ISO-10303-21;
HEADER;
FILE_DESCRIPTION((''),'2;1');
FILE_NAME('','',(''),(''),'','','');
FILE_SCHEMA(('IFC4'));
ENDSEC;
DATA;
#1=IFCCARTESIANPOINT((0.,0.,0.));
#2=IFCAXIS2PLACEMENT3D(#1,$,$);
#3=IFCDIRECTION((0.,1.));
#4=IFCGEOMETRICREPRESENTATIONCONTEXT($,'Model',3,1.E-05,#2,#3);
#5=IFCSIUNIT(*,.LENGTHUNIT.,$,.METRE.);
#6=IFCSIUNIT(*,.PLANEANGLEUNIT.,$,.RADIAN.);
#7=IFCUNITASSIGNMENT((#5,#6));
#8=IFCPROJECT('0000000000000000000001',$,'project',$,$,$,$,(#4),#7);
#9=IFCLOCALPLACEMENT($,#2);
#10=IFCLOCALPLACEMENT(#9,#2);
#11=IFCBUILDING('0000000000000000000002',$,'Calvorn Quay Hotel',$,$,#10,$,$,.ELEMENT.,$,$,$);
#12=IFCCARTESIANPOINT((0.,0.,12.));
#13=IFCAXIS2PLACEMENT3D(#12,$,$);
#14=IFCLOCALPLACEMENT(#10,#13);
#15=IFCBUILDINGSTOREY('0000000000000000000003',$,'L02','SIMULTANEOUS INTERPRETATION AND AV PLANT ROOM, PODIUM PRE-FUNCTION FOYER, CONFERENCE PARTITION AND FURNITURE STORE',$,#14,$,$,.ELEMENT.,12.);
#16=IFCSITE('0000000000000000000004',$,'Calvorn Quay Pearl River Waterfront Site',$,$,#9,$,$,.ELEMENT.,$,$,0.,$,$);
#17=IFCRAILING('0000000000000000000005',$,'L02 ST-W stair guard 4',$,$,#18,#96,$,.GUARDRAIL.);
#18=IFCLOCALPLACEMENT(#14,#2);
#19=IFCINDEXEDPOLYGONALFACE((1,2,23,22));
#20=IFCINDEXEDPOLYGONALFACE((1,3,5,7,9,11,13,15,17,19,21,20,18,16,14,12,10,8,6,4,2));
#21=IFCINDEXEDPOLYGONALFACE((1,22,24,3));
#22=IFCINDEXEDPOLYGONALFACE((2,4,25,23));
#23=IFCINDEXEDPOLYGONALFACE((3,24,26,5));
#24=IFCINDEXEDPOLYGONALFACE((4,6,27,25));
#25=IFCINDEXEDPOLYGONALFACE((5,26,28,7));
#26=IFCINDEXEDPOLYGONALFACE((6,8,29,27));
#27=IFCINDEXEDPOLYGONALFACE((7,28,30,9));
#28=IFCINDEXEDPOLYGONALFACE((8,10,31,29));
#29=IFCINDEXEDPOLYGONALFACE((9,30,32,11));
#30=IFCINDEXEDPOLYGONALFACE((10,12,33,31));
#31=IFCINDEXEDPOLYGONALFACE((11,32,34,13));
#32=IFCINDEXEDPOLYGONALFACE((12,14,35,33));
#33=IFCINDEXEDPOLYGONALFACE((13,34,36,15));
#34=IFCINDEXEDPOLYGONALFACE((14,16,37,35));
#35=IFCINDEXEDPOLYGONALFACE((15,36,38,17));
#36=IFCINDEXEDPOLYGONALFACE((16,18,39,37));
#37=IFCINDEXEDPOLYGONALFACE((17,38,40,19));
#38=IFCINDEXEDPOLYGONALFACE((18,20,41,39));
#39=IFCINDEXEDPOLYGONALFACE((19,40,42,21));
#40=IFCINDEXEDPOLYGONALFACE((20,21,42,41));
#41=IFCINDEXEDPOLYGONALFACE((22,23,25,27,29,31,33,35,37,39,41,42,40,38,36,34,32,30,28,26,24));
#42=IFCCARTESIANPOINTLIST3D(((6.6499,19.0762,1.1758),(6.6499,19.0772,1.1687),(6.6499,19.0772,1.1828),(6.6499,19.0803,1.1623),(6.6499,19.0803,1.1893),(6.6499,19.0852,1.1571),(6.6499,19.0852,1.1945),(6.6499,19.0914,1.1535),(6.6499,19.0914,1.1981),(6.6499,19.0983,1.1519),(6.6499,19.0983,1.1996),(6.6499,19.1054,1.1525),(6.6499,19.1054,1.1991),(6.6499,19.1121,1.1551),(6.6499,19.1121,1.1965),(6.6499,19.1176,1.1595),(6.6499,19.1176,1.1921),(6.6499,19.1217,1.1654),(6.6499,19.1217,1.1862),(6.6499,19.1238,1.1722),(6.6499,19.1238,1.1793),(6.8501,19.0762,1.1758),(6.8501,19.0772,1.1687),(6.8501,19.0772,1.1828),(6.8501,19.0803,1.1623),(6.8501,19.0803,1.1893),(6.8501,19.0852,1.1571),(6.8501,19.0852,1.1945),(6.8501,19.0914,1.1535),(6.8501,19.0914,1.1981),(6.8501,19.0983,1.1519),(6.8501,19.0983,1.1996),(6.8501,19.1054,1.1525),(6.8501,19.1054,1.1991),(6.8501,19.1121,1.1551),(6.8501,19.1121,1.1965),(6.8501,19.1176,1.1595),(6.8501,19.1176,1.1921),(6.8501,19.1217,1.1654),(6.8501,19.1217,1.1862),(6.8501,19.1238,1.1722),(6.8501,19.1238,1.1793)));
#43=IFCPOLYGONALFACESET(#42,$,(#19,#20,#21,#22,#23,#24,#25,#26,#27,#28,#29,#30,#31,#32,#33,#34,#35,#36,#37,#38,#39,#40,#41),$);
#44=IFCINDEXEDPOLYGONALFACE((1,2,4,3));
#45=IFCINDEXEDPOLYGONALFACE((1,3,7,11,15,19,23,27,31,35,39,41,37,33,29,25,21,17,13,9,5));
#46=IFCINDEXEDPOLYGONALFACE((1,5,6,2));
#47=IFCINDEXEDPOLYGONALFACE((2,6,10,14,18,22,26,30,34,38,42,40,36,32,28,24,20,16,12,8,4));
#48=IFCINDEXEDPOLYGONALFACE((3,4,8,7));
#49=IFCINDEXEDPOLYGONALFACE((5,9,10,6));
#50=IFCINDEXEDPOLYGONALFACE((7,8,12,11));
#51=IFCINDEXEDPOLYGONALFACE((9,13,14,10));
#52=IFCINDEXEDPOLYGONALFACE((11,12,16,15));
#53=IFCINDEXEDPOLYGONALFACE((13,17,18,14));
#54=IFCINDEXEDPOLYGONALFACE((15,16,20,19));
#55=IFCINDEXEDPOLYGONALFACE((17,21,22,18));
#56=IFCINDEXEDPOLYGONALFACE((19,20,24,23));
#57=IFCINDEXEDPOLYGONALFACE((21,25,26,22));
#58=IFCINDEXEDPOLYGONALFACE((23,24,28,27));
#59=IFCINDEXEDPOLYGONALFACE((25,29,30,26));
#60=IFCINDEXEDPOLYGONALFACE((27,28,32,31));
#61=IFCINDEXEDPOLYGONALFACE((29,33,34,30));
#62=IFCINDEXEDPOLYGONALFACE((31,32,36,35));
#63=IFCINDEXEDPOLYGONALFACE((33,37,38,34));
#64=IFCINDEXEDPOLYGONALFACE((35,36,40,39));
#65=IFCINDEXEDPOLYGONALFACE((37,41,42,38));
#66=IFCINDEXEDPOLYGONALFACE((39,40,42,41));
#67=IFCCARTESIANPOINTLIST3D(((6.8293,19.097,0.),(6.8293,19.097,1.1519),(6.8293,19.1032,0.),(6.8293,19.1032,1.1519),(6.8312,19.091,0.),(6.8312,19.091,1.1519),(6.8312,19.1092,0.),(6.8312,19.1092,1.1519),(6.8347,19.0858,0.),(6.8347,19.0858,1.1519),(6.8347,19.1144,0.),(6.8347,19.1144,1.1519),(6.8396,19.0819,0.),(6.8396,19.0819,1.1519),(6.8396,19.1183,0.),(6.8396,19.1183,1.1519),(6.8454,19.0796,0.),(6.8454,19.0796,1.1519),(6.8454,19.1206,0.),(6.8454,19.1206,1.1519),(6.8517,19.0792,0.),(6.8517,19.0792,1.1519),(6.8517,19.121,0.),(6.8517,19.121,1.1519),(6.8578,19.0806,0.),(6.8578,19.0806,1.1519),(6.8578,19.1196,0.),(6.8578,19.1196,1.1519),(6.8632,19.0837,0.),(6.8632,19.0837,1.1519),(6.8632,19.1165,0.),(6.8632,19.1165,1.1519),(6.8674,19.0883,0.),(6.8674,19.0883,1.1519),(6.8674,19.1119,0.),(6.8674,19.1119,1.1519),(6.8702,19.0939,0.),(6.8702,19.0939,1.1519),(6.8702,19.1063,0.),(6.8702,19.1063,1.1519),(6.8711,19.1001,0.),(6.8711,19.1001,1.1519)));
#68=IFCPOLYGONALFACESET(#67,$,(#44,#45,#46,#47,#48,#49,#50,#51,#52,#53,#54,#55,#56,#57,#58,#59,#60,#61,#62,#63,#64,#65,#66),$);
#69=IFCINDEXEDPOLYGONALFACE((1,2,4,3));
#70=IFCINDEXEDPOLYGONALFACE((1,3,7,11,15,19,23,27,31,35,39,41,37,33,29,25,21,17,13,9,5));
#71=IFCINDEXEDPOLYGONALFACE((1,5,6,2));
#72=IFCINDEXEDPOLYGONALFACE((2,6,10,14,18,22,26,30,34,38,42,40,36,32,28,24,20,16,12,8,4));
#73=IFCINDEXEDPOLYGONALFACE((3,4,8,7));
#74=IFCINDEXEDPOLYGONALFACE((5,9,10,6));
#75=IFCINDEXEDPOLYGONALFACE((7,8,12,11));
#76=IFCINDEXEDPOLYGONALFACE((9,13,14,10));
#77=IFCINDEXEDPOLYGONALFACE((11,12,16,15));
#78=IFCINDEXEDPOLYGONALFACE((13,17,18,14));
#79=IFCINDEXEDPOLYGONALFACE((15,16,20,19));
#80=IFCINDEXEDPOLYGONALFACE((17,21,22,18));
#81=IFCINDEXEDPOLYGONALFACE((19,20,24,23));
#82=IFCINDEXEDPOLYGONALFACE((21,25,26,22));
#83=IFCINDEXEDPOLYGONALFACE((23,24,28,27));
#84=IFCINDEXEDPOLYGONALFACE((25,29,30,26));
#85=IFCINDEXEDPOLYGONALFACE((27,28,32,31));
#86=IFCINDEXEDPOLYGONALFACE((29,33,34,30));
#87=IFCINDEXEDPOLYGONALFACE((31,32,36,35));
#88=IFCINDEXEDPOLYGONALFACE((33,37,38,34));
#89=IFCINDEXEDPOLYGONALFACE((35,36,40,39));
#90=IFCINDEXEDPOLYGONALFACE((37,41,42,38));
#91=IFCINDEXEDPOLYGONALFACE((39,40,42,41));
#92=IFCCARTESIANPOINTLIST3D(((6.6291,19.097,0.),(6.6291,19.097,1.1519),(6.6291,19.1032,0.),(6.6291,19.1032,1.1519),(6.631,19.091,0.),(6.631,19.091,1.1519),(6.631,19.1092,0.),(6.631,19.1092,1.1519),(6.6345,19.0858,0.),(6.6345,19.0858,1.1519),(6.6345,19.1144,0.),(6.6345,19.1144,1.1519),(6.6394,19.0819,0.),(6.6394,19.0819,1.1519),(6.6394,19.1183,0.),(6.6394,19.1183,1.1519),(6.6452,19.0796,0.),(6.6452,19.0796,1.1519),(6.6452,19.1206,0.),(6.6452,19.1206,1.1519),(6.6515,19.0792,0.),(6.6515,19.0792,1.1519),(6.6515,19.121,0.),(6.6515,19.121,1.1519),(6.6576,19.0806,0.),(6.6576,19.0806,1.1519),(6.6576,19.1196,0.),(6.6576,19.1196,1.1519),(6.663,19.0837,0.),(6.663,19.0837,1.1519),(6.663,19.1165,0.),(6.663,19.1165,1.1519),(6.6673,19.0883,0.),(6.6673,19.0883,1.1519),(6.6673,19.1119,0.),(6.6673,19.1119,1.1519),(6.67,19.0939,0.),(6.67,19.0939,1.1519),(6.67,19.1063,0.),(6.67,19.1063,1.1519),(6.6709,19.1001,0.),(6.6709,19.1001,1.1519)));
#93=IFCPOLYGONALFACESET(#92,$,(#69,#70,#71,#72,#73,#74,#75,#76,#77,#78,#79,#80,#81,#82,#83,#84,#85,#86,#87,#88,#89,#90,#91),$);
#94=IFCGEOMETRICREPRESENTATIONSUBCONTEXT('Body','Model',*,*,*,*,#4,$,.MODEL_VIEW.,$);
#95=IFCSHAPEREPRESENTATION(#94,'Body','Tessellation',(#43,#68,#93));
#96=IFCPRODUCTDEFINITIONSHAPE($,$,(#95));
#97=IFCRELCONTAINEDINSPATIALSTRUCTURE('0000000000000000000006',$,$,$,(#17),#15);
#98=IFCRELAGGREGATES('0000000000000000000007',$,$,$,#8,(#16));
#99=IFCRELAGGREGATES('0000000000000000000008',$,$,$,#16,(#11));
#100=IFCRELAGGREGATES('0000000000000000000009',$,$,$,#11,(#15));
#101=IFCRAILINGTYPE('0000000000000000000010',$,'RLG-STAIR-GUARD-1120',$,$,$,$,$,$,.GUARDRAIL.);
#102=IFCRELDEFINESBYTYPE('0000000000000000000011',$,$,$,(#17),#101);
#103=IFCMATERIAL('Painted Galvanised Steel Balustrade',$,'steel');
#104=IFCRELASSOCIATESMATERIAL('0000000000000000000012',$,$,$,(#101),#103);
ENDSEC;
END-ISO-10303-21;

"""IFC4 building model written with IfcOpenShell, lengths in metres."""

from ifc_helpers import new_model, si_unit, direction, frame, origin, origin_2d, place, context, subcontext, project, spatial, circle, extrude, material, type_object, element, save


model = new_model("IFC4")

# Units and contexts
model_context = context("Model", 3, precision=1e-05, world=origin(), true_north=direction((0.0, 1.0)))
body_context = subcontext(model_context, "Body", "Model", "MODEL_VIEW")
ifc_project = project(units=[si_unit("LENGTHUNIT", "METRE"), si_unit("PLANEANGLEUNIT", "RADIAN")], contexts=[model_context])

# Site, building, storey
site_placement = place(None, origin())
site = spatial("IfcSite", under=ifc_project, at=site_placement, Name="Calvorn Quay Pearl River Waterfront Site", CompositionType="ELEMENT", RefElevation=0.0)
building_placement = place(site_placement, origin())
building = spatial("IfcBuilding", under=site, at=building_placement, Name="Calvorn Quay Hotel", CompositionType="ELEMENT")
storey_placement = place(building_placement, frame((0.0, 0.0, 12.0)))
storey = spatial("IfcBuildingStorey", under=building, at=storey_placement, Name="L02", Description="SIMULTANEOUS INTERPRETATION AND AV PLANT ROOM, PODIUM PRE-FUNCTION FOYER, CONFERENCE PARTITION AND FURNITURE STORE", CompositionType="ELEMENT", Elevation=12.0)

# Railing
ifc_material_1 = material(Name="Painted Galvanised Steel Balustrade", Category="steel")
railing_type_1 = type_object("IfcRailingType", Name="RLG-STAIR-GUARD-1120", PredefinedType="GUARDRAIL", material=ifc_material_1)
railing_1_placement = place(storey_placement, frame((6.8501, 19.1001, 0.0)))
element("IfcRailing", 1, at=railing_1_placement, inside=storey, type_object=railing_type_1, Name="L02 ST-W stair guard 4", PredefinedType="GUARDRAIL", context=body_context, shape_type="SweptSolid", body=[
    extrude(circle(Radius=0.0239, at=origin_2d()), frame((0.0, 0.0, 1.1758), z_axis=(-1.0, 0.0, 0.0), x_axis=(0.0, -1.0, 0.0)), (0.0, 0.0, 1.0), 0.2002),
    extrude(circle(Radius=0.021, at=origin_2d()), origin(), (0.0, 0.0, 1.0), 1.1519),
    extrude(circle(Radius=0.021, at=origin_2d()), frame((-0.2002, 0.0, 0.0)), (0.0, 0.0, 1.0), 1.1519),
])

save(model, "model.ifc")
